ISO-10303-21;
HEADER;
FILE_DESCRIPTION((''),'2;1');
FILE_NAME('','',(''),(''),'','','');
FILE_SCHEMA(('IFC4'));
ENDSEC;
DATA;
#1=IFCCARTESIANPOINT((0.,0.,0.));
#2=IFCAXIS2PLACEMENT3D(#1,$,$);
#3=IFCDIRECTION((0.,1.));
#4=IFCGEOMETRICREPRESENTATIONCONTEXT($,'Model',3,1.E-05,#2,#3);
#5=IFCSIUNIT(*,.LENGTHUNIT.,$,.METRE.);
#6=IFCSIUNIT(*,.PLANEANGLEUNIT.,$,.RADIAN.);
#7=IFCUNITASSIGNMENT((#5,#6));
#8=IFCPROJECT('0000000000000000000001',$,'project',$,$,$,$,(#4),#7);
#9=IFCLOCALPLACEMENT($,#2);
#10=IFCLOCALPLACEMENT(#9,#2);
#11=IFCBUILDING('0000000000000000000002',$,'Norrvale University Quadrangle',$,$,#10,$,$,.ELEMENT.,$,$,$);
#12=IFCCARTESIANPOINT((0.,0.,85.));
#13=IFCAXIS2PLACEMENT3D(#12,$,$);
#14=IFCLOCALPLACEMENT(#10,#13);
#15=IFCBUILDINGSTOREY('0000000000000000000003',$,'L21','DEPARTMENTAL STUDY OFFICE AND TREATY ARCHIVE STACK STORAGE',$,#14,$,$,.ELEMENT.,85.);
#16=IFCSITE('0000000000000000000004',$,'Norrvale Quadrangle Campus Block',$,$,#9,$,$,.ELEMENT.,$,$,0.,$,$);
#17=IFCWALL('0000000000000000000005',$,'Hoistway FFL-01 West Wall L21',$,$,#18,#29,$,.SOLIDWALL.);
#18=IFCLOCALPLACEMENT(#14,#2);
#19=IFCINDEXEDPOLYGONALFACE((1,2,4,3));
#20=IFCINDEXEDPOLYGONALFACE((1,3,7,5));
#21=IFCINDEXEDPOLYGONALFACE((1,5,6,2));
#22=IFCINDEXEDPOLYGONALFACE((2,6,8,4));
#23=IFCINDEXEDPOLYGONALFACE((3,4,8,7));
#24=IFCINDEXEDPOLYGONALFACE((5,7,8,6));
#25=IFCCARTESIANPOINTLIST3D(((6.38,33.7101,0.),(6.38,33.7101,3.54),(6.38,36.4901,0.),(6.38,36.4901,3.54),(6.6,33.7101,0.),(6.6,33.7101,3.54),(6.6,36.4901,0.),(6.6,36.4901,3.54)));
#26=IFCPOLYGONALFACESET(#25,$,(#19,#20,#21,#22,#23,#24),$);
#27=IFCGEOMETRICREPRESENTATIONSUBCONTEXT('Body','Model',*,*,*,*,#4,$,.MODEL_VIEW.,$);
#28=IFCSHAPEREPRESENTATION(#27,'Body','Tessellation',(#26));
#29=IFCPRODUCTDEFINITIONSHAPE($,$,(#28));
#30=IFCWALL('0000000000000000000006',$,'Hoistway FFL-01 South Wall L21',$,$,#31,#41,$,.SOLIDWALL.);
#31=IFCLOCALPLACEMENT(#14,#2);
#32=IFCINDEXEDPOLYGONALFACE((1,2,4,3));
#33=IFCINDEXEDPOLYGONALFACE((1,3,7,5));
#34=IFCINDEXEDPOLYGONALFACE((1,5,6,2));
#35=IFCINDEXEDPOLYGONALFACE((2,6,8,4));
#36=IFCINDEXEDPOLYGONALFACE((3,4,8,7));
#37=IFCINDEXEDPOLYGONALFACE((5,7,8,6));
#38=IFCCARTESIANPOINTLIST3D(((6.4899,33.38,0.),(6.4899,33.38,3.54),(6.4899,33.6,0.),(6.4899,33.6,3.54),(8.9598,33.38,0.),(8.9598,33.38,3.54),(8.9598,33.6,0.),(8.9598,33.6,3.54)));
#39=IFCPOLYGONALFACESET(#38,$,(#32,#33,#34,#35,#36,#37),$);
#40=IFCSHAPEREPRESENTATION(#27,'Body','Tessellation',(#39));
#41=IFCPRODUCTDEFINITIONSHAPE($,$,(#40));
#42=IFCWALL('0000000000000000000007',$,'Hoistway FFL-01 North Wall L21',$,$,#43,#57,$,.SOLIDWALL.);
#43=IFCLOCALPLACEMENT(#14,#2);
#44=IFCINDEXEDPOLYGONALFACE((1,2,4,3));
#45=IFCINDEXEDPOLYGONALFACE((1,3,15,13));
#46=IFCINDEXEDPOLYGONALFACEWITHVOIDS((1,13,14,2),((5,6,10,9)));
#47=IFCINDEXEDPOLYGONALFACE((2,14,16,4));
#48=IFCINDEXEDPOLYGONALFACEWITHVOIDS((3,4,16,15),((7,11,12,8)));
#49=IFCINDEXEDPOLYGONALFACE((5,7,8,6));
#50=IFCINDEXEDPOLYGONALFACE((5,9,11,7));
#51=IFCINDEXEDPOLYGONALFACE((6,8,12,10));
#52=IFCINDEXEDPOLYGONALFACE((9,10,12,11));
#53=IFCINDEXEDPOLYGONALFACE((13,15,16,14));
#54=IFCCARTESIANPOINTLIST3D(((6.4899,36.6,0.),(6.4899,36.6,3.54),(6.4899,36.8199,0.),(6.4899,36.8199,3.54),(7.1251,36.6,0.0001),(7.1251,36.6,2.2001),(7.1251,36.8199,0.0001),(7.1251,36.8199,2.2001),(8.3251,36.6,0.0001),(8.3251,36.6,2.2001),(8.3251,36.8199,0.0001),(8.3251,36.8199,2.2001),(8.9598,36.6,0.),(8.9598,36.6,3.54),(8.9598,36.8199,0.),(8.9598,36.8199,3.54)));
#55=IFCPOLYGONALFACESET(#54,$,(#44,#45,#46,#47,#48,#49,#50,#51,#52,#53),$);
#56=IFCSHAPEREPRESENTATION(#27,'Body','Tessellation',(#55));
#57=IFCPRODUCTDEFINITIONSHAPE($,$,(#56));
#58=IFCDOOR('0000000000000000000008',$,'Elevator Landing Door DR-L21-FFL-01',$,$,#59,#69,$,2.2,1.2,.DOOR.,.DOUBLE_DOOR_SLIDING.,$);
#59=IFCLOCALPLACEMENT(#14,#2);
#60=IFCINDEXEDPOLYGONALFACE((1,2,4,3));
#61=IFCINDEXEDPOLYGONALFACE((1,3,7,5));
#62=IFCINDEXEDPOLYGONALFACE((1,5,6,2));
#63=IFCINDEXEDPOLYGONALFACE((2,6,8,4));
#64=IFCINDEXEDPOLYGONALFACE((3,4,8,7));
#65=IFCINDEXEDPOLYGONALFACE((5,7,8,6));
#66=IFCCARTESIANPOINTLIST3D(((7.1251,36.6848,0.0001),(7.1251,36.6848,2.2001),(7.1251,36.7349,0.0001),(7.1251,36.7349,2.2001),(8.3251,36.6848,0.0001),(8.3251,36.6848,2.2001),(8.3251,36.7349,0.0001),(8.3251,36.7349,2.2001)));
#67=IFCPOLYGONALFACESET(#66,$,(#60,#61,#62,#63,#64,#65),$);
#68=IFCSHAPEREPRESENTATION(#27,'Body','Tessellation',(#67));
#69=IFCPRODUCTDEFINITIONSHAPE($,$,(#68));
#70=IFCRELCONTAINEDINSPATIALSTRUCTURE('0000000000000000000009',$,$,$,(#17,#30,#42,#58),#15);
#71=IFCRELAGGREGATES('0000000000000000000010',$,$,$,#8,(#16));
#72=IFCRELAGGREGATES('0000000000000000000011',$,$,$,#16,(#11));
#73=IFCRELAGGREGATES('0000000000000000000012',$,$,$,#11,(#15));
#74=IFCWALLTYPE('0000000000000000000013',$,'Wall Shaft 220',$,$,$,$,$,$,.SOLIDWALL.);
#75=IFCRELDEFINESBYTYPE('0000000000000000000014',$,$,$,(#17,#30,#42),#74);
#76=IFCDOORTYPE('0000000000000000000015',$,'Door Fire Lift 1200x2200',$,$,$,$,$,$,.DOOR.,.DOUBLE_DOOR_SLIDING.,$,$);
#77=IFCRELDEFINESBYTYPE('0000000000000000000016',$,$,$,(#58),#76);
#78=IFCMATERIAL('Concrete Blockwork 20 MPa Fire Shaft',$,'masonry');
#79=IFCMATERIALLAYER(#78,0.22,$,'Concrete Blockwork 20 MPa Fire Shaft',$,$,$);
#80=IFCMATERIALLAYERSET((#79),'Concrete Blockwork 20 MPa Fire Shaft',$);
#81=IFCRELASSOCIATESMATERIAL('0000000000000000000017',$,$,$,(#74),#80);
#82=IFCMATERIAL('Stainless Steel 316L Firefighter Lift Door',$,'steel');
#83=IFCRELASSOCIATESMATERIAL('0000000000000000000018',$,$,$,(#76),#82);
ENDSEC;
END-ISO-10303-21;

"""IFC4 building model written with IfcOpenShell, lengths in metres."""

from ifc_helpers import new_model, si_unit, direction, frame, frame_2d, origin, place, context, subcontext, project, spatial, rectangle, extrude, material, layer, layer_set, type_object, element, fill, save


model = new_model("IFC4")

# Units and contexts
model_context = context("Model", 3, precision=1e-05, world=origin(), true_north=direction((0.0, 1.0)))
body_context = subcontext(model_context, "Body", "Model", "MODEL_VIEW")
ifc_project = project(units=[si_unit("LENGTHUNIT", "METRE"), si_unit("PLANEANGLEUNIT", "RADIAN")], contexts=[model_context])

# Site, building, storey
site_placement = place(None, origin())
site = spatial("IfcSite", under=ifc_project, at=site_placement, Name="Norrvale Quadrangle Campus Block", CompositionType="ELEMENT", RefElevation=0.0)
building_placement = place(site_placement, origin())
building = spatial("IfcBuilding", under=site, at=building_placement, Name="Norrvale University Quadrangle", CompositionType="ELEMENT")
storey_placement = place(building_placement, frame((0.0, 0.0, 85.0)))
storey = spatial("IfcBuildingStorey", under=building, at=storey_placement, Name="L21", Description="DEPARTMENTAL STUDY OFFICE AND TREATY ARCHIVE STACK STORAGE", CompositionType="ELEMENT", Elevation=85.0)

# Shared definitions
ifc_material_1 = material(Name="Concrete Blockwork 20 MPa Fire Shaft", Category="masonry")
ifc_layer_1 = layer(ifc_material_1, 0.22, Name="Concrete Blockwork 20 MPa Fire Shaft")
ifc_layer_set_1 = layer_set([ifc_layer_1], Name="Concrete Blockwork 20 MPa Fire Shaft")
wall_type_1 = type_object("IfcWallType", Name="Wall Shaft 220", PredefinedType="SOLIDWALL", material=ifc_layer_set_1)

# Walls
wall_1_placement = place(storey_placement, frame((6.49, 33.71, 0.0), z_axis=(0.0, 0.0, 1.0), x_axis=(0.0, 1.0, 0.0)))
element("IfcWall", 1, at=wall_1_placement, inside=storey, type_object=wall_type_1, Name="Hoistway FFL-01 West Wall L21", PredefinedType="SOLIDWALL", context=body_context, shape_type="SweptSolid", body=[
    extrude(rectangle(XDim=2.78, YDim=0.22, at=frame_2d((1.3901, 0.0))), origin(), (0.0, 0.0, 1.0), 3.54),
])
wall_2_placement = place(storey_placement, frame((6.49, 33.49, 0.0), z_axis=(0.0, 0.0, 1.0), x_axis=(1.0, 0.0, 0.0)))
element("IfcWall", 2, at=wall_2_placement, inside=storey, type_object=wall_type_1, Name="Hoistway FFL-01 South Wall L21", PredefinedType="SOLIDWALL", context=body_context, shape_type="SweptSolid", body=[
    extrude(rectangle(XDim=2.47, YDim=0.22, at=frame_2d((1.2349, 0.0))), origin(), (0.0, 0.0, 1.0), 3.54),
])

# Wall, opening, door
wall_3_placement = place(storey_placement, frame((6.49, 36.71, 0.0), z_axis=(0.0, 0.0, 1.0), x_axis=(1.0, 0.0, 0.0)))
wall_3 = element("IfcWall", 3, at=wall_3_placement, inside=storey, type_object=wall_type_1, Name="Hoistway FFL-01 North Wall L21", PredefinedType="SOLIDWALL", context=body_context, shape_type="SweptSolid", body=[
    extrude(rectangle(XDim=2.47, YDim=0.22, at=frame_2d((1.2349, 0.0))), origin(), (0.0, 0.0, 1.0), 3.54),
])
opening_1_placement = place(wall_3_placement, frame((0.635, 0.0, 0.0)))
opening_1 = element("IfcOpeningElement", 4, at=opening_1_placement, cuts=wall_3, PredefinedType="OPENING", context=body_context, shape_type="SweptSolid", body=[
    extrude(rectangle(XDim=1.2, YDim=2.2, at=frame_2d((0.6001, 1.1001))), frame((0.0, 0.1221, 0.0), z_axis=(0.0, -1.0, 0.0), x_axis=(1.0, 0.0, 0.0)), (0.0, 0.0, 1.0), 0.2439),
])
ifc_material_2 = material(Name="Stainless Steel 316L Firefighter Lift Door", Category="steel")
door_type_1 = type_object("IfcDoorType", Name="Door Fire Lift 1200x2200", OperationType="DOUBLE_DOOR_SLIDING", PredefinedType="DOOR", material=ifc_material_2)
door_1_placement = place(opening_1_placement, origin())
door_1 = element("IfcDoor", 5, at=door_1_placement, inside=storey, type_object=door_type_1, Name="Elevator Landing Door DR-L21-FFL-01", OperationType="DOUBLE_DOOR_SLIDING", OverallHeight=2.2, OverallWidth=1.2, PredefinedType="DOOR", context=body_context, shape_type="SweptSolid", body=[
    extrude(rectangle(XDim=1.2, YDim=2.2, at=frame_2d((0.6001, 1.1001))), frame((0.0, 0.0249, 0.0), z_axis=(0.0, -1.0, 0.0), x_axis=(1.0, 0.0, 0.0)), (0.0, 0.0, 1.0), 0.05),
])
fill(opening_1, door_1)

save(model, "model.ifc")
